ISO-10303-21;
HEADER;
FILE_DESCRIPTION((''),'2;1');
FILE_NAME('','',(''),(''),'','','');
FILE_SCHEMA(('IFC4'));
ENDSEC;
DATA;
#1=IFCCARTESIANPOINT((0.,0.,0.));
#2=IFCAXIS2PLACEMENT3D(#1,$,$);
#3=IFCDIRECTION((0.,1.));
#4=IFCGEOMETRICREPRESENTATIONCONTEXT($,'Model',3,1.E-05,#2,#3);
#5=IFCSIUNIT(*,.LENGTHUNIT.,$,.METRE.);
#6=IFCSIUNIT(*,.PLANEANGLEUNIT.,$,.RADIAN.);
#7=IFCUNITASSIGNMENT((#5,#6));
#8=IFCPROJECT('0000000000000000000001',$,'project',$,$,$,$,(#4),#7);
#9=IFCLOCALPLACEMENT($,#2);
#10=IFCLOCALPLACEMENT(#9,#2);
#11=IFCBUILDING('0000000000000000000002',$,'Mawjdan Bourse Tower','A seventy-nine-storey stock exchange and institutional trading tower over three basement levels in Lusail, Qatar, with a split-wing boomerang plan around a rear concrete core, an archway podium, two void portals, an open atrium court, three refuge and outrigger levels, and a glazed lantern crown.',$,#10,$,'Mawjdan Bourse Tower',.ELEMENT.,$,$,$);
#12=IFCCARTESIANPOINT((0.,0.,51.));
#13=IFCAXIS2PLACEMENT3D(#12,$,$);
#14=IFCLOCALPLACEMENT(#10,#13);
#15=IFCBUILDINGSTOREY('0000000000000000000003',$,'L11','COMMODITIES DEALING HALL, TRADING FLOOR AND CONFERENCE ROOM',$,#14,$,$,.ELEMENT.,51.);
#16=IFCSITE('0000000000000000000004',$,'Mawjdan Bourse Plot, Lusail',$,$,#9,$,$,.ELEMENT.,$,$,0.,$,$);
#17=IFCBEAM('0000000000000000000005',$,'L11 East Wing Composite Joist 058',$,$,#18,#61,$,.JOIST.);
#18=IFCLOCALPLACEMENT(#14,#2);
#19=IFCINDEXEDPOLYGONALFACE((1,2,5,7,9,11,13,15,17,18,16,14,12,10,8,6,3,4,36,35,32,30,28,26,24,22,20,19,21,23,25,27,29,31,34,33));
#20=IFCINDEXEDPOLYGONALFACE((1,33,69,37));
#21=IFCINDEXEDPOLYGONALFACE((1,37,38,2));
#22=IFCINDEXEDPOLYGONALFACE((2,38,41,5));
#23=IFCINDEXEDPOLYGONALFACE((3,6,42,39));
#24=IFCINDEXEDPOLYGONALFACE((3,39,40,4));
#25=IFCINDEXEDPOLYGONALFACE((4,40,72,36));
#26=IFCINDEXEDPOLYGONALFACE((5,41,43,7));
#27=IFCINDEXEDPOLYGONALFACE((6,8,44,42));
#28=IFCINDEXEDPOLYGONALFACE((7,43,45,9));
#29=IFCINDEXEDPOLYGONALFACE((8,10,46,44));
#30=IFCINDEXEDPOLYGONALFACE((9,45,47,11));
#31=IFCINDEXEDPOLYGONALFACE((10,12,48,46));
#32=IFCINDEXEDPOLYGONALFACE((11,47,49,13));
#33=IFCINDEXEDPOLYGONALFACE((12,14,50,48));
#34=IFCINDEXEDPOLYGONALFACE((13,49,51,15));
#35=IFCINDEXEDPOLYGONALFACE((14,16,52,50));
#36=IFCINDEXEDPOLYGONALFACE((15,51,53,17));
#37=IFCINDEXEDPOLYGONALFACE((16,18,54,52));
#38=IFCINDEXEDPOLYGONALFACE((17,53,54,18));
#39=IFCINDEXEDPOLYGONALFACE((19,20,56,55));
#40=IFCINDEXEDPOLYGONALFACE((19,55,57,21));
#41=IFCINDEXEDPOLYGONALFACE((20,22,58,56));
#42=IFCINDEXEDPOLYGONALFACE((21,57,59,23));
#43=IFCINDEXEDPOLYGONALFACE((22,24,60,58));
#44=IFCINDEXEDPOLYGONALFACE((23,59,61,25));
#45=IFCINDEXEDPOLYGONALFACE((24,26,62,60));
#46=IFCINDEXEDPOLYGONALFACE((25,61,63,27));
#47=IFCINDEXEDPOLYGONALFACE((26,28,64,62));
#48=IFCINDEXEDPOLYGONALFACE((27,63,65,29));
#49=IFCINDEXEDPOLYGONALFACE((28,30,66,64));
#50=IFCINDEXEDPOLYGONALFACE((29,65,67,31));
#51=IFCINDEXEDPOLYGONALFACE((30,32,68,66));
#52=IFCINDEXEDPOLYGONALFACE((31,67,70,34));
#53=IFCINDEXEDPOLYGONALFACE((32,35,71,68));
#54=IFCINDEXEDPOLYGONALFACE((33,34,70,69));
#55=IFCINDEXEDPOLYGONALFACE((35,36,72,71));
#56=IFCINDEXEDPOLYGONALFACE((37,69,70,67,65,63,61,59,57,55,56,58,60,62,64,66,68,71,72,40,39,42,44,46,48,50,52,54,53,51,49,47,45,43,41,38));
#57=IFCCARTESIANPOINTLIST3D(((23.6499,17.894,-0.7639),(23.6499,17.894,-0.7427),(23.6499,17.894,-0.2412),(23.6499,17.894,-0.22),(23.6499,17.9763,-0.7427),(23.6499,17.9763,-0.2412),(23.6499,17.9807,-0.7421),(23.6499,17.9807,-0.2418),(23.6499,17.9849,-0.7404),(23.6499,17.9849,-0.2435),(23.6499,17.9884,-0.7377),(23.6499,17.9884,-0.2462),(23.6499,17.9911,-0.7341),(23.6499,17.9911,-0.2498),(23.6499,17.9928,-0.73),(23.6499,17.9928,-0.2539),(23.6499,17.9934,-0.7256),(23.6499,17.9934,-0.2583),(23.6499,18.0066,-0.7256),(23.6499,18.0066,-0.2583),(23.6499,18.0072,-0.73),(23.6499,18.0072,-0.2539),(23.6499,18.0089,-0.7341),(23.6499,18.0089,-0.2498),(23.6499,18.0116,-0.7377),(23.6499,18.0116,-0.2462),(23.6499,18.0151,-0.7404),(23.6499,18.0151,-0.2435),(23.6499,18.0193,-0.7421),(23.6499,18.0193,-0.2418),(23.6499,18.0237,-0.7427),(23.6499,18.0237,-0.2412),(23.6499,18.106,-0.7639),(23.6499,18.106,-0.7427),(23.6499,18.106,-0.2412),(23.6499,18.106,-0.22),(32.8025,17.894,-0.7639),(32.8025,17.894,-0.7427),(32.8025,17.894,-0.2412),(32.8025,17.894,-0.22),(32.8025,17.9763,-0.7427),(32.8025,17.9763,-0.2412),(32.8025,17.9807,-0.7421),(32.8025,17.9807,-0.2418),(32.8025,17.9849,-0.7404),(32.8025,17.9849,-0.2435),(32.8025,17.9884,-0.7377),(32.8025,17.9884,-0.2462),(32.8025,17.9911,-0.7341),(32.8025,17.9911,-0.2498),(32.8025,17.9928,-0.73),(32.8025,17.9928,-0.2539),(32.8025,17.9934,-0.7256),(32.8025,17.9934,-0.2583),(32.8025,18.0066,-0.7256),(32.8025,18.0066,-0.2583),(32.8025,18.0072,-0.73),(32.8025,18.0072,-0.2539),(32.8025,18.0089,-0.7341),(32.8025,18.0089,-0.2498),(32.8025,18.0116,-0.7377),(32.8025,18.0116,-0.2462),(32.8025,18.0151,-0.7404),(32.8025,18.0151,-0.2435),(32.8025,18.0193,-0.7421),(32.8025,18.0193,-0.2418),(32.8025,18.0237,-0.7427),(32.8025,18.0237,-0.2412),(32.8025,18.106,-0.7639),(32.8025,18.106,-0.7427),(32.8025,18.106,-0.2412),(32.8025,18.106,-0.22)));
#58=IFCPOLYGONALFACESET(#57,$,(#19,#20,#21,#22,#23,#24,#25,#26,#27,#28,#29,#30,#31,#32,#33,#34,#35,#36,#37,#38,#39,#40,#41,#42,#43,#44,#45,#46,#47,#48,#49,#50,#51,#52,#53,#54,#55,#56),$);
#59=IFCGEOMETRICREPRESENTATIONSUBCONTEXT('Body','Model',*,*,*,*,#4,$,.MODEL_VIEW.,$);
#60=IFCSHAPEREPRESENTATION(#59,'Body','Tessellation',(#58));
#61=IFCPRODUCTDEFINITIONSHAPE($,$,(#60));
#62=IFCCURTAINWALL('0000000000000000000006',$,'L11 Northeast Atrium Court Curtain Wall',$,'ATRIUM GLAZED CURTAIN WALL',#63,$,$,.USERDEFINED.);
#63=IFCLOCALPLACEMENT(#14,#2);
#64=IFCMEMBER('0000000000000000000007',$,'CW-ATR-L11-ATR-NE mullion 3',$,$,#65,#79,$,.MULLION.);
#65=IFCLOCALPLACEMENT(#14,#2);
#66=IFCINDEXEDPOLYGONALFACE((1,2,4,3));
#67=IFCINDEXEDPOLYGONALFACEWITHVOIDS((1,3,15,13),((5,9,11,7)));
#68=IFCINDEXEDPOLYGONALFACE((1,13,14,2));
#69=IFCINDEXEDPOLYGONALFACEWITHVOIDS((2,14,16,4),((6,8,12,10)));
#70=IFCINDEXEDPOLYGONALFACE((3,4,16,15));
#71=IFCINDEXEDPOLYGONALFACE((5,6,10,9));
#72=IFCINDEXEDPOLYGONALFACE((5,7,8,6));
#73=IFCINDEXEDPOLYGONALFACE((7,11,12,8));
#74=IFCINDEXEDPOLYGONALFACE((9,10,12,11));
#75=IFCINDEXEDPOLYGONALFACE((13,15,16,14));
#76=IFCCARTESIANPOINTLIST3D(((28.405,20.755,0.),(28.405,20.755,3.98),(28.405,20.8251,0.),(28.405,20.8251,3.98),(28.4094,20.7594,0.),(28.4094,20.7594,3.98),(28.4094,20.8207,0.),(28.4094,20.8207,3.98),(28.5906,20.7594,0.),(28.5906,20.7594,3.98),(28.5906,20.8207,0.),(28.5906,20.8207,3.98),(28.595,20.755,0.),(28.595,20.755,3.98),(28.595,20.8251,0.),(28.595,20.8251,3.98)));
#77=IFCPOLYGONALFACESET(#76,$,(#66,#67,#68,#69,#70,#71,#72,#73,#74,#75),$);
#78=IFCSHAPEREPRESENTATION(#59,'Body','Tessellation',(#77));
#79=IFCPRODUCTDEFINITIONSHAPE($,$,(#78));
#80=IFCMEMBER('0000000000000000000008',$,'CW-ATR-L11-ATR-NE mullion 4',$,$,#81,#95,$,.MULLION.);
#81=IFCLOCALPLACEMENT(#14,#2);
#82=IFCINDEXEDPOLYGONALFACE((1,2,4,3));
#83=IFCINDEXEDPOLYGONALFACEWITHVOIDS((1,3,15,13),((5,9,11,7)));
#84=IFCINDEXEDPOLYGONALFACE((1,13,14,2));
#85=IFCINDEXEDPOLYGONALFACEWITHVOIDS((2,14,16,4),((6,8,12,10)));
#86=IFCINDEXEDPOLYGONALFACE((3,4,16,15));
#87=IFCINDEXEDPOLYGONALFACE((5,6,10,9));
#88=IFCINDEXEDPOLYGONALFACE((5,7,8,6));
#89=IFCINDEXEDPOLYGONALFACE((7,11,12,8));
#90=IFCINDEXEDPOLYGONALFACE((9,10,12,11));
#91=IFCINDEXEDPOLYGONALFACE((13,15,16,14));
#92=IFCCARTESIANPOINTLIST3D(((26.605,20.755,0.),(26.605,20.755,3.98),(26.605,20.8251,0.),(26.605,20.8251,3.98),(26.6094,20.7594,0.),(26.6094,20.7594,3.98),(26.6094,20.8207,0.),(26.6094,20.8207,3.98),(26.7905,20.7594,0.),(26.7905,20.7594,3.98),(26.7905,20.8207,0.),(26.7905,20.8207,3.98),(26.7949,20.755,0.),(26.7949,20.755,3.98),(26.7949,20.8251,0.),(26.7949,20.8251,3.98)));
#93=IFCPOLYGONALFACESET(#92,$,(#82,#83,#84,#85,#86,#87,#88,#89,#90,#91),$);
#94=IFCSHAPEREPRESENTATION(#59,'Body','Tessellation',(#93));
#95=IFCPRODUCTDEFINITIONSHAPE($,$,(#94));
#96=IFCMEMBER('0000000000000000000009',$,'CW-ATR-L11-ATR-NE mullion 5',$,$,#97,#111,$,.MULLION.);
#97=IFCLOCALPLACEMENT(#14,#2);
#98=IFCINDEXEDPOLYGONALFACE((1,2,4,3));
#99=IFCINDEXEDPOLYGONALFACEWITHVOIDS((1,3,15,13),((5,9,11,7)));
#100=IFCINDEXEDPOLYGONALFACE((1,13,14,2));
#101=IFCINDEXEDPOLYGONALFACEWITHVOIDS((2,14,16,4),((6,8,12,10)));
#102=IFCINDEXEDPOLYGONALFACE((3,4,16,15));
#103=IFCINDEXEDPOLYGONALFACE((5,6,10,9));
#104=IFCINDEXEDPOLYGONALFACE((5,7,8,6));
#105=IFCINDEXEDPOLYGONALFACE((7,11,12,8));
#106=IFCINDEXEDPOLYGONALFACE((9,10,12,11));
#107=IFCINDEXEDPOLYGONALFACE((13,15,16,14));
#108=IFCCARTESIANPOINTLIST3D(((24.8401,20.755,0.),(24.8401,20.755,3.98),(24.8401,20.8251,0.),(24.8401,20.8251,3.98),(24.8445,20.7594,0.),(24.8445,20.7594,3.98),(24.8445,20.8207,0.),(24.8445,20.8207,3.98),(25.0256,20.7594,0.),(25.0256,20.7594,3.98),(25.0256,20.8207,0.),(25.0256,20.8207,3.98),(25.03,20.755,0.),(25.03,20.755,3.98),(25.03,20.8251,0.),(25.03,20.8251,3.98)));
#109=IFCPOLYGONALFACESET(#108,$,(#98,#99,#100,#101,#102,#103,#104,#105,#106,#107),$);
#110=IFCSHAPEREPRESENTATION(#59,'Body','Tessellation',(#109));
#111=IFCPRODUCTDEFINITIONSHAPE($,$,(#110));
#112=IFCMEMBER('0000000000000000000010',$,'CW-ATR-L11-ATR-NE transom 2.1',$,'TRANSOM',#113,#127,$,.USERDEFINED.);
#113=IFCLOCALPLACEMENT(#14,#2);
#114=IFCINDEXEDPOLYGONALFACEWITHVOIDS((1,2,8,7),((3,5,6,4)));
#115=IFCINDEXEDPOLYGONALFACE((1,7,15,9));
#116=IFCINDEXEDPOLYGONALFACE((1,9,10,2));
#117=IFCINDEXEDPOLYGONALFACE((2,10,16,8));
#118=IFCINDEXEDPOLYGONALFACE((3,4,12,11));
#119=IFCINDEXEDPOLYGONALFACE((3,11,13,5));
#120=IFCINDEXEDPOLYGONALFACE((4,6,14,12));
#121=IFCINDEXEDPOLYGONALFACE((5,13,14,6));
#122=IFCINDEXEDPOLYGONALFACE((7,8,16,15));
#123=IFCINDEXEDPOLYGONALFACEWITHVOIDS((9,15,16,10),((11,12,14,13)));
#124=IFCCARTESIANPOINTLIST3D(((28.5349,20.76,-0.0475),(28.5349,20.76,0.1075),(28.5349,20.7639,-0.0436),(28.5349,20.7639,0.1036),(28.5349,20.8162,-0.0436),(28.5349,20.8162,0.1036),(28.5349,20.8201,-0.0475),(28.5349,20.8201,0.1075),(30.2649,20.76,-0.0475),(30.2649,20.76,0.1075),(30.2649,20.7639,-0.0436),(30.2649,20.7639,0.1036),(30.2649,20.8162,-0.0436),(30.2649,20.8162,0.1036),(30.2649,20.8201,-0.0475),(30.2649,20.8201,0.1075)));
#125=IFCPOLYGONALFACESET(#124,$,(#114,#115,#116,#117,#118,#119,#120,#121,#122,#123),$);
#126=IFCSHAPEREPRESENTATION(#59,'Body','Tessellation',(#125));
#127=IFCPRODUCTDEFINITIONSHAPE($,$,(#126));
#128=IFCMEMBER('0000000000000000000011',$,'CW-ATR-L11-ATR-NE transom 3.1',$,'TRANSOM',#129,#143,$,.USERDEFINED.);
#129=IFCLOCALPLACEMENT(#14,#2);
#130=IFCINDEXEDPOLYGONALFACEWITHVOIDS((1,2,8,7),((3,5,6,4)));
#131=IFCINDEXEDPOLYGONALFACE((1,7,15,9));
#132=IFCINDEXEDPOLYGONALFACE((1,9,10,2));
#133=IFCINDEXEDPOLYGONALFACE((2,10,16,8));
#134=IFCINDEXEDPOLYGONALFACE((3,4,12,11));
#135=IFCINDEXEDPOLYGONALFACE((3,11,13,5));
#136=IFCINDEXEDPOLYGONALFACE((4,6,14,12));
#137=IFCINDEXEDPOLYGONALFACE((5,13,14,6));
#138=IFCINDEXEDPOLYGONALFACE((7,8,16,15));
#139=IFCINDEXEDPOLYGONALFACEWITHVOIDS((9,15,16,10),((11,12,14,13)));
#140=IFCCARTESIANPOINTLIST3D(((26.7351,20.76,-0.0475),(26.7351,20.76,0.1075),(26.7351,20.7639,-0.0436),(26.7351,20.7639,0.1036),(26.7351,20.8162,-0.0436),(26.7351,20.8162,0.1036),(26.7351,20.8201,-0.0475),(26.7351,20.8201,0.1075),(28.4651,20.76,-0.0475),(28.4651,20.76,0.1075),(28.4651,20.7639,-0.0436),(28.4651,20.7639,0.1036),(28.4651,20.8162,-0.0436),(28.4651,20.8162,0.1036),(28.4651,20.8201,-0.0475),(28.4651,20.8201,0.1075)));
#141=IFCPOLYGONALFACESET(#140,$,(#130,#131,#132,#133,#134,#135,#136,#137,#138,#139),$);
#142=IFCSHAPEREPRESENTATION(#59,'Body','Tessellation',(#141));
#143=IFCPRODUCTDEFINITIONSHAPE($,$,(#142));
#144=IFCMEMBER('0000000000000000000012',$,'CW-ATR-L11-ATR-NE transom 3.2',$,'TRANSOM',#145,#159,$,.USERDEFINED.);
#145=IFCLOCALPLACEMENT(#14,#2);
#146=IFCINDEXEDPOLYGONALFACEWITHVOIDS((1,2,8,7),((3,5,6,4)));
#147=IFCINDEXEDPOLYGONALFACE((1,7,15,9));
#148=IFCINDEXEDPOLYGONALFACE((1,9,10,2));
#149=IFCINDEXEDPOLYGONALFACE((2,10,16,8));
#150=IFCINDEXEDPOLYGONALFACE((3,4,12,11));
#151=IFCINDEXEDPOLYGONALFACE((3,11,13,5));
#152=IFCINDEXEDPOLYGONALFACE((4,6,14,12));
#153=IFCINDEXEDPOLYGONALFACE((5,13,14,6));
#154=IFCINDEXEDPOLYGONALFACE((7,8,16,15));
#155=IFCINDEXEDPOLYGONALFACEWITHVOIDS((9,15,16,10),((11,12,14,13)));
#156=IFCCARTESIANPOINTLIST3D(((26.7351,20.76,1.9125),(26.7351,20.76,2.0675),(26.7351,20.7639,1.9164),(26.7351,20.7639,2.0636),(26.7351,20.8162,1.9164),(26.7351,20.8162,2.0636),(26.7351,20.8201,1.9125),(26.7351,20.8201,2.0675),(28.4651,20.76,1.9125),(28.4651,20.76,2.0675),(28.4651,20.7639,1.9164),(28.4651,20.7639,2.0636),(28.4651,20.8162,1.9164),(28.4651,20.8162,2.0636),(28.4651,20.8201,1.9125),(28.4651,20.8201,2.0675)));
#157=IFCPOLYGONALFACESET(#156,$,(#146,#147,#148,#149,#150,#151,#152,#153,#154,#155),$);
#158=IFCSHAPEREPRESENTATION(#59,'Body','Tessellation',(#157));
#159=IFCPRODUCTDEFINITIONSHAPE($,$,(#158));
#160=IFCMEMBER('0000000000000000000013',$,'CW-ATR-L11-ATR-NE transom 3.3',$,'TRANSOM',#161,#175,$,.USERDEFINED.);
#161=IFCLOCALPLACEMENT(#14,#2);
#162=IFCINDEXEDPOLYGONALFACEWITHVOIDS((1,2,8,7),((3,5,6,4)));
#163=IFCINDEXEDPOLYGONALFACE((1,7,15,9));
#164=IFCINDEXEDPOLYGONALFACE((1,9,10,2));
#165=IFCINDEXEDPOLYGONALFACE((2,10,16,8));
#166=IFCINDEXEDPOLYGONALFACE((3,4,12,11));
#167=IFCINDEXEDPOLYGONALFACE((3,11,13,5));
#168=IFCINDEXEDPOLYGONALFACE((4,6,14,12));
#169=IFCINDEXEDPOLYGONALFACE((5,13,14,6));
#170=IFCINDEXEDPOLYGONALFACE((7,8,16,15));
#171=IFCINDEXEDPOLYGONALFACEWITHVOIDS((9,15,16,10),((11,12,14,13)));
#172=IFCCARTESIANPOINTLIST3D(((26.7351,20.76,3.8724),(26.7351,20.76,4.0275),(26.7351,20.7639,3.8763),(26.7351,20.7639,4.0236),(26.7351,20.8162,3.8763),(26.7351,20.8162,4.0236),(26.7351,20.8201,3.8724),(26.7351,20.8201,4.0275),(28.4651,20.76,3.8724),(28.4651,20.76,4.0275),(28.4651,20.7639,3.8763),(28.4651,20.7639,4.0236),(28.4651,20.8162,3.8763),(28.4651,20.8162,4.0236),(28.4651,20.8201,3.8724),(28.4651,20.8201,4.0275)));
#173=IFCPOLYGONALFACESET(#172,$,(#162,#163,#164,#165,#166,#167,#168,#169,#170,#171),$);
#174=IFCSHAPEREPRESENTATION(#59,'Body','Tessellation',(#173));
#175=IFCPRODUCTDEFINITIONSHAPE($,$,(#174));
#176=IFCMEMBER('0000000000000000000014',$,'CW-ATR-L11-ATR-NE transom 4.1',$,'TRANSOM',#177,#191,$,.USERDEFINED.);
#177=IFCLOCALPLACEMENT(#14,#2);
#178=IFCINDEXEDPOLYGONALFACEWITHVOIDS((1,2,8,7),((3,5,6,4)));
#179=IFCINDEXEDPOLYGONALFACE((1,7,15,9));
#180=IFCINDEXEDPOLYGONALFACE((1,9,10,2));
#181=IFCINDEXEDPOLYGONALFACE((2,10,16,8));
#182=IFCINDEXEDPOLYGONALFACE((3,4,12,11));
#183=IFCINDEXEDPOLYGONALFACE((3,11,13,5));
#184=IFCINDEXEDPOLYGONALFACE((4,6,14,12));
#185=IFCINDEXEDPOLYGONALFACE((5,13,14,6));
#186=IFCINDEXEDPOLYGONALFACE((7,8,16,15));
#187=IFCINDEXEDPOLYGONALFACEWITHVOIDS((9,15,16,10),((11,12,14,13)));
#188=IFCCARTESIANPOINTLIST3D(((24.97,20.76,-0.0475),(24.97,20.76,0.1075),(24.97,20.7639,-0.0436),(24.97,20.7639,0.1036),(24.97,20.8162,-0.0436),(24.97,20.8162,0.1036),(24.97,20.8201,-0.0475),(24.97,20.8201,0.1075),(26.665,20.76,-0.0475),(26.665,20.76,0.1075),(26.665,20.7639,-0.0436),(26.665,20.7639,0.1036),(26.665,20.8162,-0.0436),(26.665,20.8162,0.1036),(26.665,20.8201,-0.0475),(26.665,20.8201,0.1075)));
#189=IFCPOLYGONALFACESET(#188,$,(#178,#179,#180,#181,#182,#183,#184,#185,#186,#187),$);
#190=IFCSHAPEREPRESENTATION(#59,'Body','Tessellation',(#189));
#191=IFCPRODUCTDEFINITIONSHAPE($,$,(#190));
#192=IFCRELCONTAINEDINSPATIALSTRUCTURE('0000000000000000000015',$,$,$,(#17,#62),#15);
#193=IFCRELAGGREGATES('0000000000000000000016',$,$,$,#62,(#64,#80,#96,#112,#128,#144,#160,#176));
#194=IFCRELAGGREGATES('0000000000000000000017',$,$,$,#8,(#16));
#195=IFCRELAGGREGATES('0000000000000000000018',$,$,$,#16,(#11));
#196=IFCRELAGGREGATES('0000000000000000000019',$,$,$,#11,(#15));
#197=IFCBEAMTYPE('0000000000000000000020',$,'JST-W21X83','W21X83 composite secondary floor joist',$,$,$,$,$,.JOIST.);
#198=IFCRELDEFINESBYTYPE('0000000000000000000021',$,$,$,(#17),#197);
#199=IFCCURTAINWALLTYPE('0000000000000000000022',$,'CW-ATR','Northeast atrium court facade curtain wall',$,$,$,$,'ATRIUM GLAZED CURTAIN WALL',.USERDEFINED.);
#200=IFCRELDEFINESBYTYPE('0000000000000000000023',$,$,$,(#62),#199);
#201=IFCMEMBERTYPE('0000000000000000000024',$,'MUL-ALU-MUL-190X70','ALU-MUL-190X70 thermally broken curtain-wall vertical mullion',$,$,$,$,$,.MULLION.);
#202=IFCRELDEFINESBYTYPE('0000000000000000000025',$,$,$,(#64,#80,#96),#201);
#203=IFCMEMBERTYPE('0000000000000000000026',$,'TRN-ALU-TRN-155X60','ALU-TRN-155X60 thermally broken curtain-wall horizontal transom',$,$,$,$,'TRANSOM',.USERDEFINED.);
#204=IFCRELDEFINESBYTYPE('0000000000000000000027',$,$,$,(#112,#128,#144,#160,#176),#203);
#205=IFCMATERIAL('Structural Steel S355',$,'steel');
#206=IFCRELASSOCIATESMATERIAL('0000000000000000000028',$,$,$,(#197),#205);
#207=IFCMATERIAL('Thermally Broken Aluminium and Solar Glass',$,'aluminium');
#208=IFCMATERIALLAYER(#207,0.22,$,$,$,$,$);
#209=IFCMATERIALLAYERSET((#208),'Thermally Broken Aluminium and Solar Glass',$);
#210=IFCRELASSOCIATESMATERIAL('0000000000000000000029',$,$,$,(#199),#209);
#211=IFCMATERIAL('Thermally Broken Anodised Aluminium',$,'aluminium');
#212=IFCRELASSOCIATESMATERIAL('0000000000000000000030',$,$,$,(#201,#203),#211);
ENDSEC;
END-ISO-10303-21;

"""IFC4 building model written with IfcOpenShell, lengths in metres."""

from ifc_helpers import new_model, si_unit, direction, frame, origin, origin_2d, place, context, subcontext, project, spatial, hollow_rectangle, i_section, extrude, material, layer, layer_set, material_profile, profile_set, type_object, element, aggregate, save


model = new_model("IFC4")

# Units and contexts
model_context = context("Model", 3, precision=1e-05, world=origin(), true_north=direction((0.0, 1.0)))
body_context = subcontext(model_context, "Body", "Model", "MODEL_VIEW")
ifc_project = project(units=[si_unit("LENGTHUNIT", "METRE"), si_unit("PLANEANGLEUNIT", "RADIAN")], contexts=[model_context])

# Site, building, storey
site_placement = place(None, origin())
site = spatial("IfcSite", under=ifc_project, at=site_placement, Name="Mawjdan Bourse Plot, Lusail", CompositionType="ELEMENT", RefElevation=0.0)
building_placement = place(site_placement, origin())
building = spatial("IfcBuilding", under=site, at=building_placement, Name="Mawjdan Bourse Tower", Description="A seventy-nine-storey stock exchange and institutional trading tower over three basement levels in Lusail, Qatar, with a split-wing boomerang plan around a rear concrete core, an archway podium, two void portals, an open atrium court, three refuge and outrigger levels, and a glazed lantern crown.", LongName="Mawjdan Bourse Tower", CompositionType="ELEMENT")
storey_placement = place(building_placement, frame((0.0, 0.0, 51.0)))
storey = spatial("IfcBuildingStorey", under=building, at=storey_placement, Name="L11", Description="COMMODITIES DEALING HALL, TRADING FLOOR AND CONFERENCE ROOM", CompositionType="ELEMENT", Elevation=51.0)

# Beam
ifc_material_1 = material(Name="Structural Steel S355", Category="steel")
ifc_material_profile_1 = material_profile(ifc_material_1, i_section(OverallWidth=0.2119, OverallDepth=0.5439, WebThickness=0.0132, FlangeThickness=0.0212, FilletRadius=0.0171, at=origin_2d()), Name="W21X83")
ifc_profile_set_1 = profile_set([ifc_material_profile_1], Name="Structural Steel S355")
beam_type = type_object("IfcBeamType", Name="JST-W21X83", Description="W21X83 composite secondary floor joist", PredefinedType="JOIST", material=ifc_profile_set_1)
beam_placement = place(storey_placement, frame((23.6499, 18.0, -0.4919), z_axis=(1.0, 0.0, 0.0), x_axis=(0.0, 1.0, 0.0)))
element("IfcBeam", 1, at=beam_placement, inside=storey, type_object=beam_type, Name="L11 East Wing Composite Joist 058", PredefinedType="JOIST", context=body_context, shape_type="SweptSolid", body=[
    extrude(i_section(OverallWidth=0.2119, OverallDepth=0.5439, WebThickness=0.0132, FlangeThickness=0.0212, FilletRadius=0.0171, at=origin_2d()), origin(), (0.0, 0.0, 1.0), 9.1526),
])

# Curtain wall, members
ifc_material_2 = material(Name="Thermally Broken Aluminium and Solar Glass", Category="aluminium")
ifc_layer_1 = layer(ifc_material_2, 0.22)
ifc_layer_set_1 = layer_set([ifc_layer_1], Name="Thermally Broken Aluminium and Solar Glass")
curtain_wall_type = type_object("IfcCurtainWallType", Name="CW-ATR", Description="Northeast atrium court facade curtain wall", ElementType="ATRIUM GLAZED CURTAIN WALL", PredefinedType="USERDEFINED", material=ifc_layer_set_1)
curtain_wall_placement = place(storey_placement, origin())
curtain_wall = element("IfcCurtainWall", 2, at=curtain_wall_placement, inside=storey, type_object=curtain_wall_type, Name="L11 Northeast Atrium Court Curtain Wall", ObjectType="ATRIUM GLAZED CURTAIN WALL", PredefinedType="USERDEFINED")
ifc_material_3 = material(Name="Thermally Broken Anodised Aluminium", Category="aluminium")
ifc_material_profile_2 = material_profile(ifc_material_3, hollow_rectangle(XDim=0.0701, YDim=0.1899, WallThickness=0.0044, at=origin_2d()), Name="ALU-MUL-190X70")
ifc_profile_set_2 = profile_set([ifc_material_profile_2], Name="Thermally Broken Anodised Aluminium")
member_type_1 = type_object("IfcMemberType", Name="MUL-ALU-MUL-190X70", Description="ALU-MUL-190X70 thermally broken curtain-wall vertical mullion", PredefinedType="MULLION", material=ifc_profile_set_2)
member_1_placement = place(storey_placement, frame((28.5, 20.79, 0.0), z_axis=(0.0, 0.0, 1.0), x_axis=(0.0, -1.0, 0.0)))
member_1 = element("IfcMember", 3, at=member_1_placement, type_object=member_type_1, Name="CW-ATR-L11-ATR-NE mullion 3", PredefinedType="MULLION", context=body_context, shape_type="SweptSolid", body=[
    extrude(hollow_rectangle(XDim=0.0701, YDim=0.1899, WallThickness=0.0044, at=origin_2d()), origin(), (0.0, 0.0, 1.0), 3.98),
])
member_2_placement = place(storey_placement, frame((26.7, 20.79, 0.0), z_axis=(0.0, 0.0, 1.0), x_axis=(0.0, -1.0, 0.0)))
member_2 = element("IfcMember", 4, at=member_2_placement, type_object=member_type_1, Name="CW-ATR-L11-ATR-NE mullion 4", PredefinedType="MULLION", context=body_context, shape_type="SweptSolid", body=[
    extrude(hollow_rectangle(XDim=0.0701, YDim=0.1899, WallThickness=0.0044, at=origin_2d()), origin(), (0.0, 0.0, 1.0), 3.98),
])
member_3_placement = place(storey_placement, frame((24.9351, 20.79, 0.0), z_axis=(0.0, 0.0, 1.0), x_axis=(0.0, -1.0, 0.0)))
member_3 = element("IfcMember", 5, at=member_3_placement, type_object=member_type_1, Name="CW-ATR-L11-ATR-NE mullion 5", PredefinedType="MULLION", context=body_context, shape_type="SweptSolid", body=[
    extrude(hollow_rectangle(XDim=0.0701, YDim=0.1899, WallThickness=0.0044, at=origin_2d()), origin(), (0.0, 0.0, 1.0), 3.98),
])
ifc_material_profile_3 = material_profile(ifc_material_3, hollow_rectangle(XDim=0.0601, YDim=0.155, WallThickness=0.0039, at=origin_2d()), Name="ALU-TRN-155X60")
ifc_profile_set_3 = profile_set([ifc_material_profile_3], Name="Thermally Broken Anodised Aluminium")
member_type_2 = type_object("IfcMemberType", Name="TRN-ALU-TRN-155X60", Description="ALU-TRN-155X60 thermally broken curtain-wall horizontal transom", ElementType="TRANSOM", PredefinedType="USERDEFINED", material=ifc_profile_set_3)
member_4_placement = place(storey_placement, frame((30.2649, 20.79, 0.03), z_axis=(-1.0, 0.0, 0.0), x_axis=(0.0, -1.0, 0.0)))
member_4 = element("IfcMember", 6, at=member_4_placement, type_object=member_type_2, Name="CW-ATR-L11-ATR-NE transom 2.1", ObjectType="TRANSOM", PredefinedType="USERDEFINED", context=body_context, shape_type="SweptSolid", body=[
    extrude(hollow_rectangle(XDim=0.0601, YDim=0.155, WallThickness=0.0039, at=origin_2d()), origin(), (0.0, 0.0, 1.0), 1.73),
])
member_5_placement = place(storey_placement, frame((28.4651, 20.79, 0.03), z_axis=(-1.0, 0.0, 0.0), x_axis=(0.0, -1.0, 0.0)))
member_5 = element("IfcMember", 7, at=member_5_placement, type_object=member_type_2, Name="CW-ATR-L11-ATR-NE transom 3.1", ObjectType="TRANSOM", PredefinedType="USERDEFINED", context=body_context, shape_type="SweptSolid", body=[
    extrude(hollow_rectangle(XDim=0.0601, YDim=0.155, WallThickness=0.0039, at=origin_2d()), origin(), (0.0, 0.0, 1.0), 1.73),
])
member_6_placement = place(storey_placement, frame((28.4651, 20.79, 1.99), z_axis=(-1.0, 0.0, 0.0), x_axis=(0.0, -1.0, 0.0)))
member_6 = element("IfcMember", 8, at=member_6_placement, type_object=member_type_2, Name="CW-ATR-L11-ATR-NE transom 3.2", ObjectType="TRANSOM", PredefinedType="USERDEFINED", context=body_context, shape_type="SweptSolid", body=[
    extrude(hollow_rectangle(XDim=0.0601, YDim=0.155, WallThickness=0.0039, at=origin_2d()), origin(), (0.0, 0.0, 1.0), 1.73),
])
member_7_placement = place(storey_placement, frame((28.4651, 20.79, 3.95), z_axis=(-1.0, 0.0, 0.0), x_axis=(0.0, -1.0, 0.0)))
member_7 = element("IfcMember", 9, at=member_7_placement, type_object=member_type_2, Name="CW-ATR-L11-ATR-NE transom 3.3", ObjectType="TRANSOM", PredefinedType="USERDEFINED", context=body_context, shape_type="SweptSolid", body=[
    extrude(hollow_rectangle(XDim=0.0601, YDim=0.155, WallThickness=0.0039, at=origin_2d()), origin(), (0.0, 0.0, 1.0), 1.73),
])
member_8_placement = place(storey_placement, frame((26.665, 20.79, 0.03), z_axis=(-1.0, 0.0, 0.0), x_axis=(0.0, -1.0, 0.0)))
member_8 = element("IfcMember", 10, at=member_8_placement, type_object=member_type_2, Name="CW-ATR-L11-ATR-NE transom 4.1", ObjectType="TRANSOM", PredefinedType="USERDEFINED", context=body_context, shape_type="SweptSolid", body=[
    extrude(hollow_rectangle(XDim=0.0601, YDim=0.155, WallThickness=0.0039, at=origin_2d()), origin(), (0.0, 0.0, 1.0), 1.6951),
])
aggregate(curtain_wall, [member_1, member_2, member_3, member_4, member_5, member_6, member_7, member_8])

save(model, "model.ifc")
